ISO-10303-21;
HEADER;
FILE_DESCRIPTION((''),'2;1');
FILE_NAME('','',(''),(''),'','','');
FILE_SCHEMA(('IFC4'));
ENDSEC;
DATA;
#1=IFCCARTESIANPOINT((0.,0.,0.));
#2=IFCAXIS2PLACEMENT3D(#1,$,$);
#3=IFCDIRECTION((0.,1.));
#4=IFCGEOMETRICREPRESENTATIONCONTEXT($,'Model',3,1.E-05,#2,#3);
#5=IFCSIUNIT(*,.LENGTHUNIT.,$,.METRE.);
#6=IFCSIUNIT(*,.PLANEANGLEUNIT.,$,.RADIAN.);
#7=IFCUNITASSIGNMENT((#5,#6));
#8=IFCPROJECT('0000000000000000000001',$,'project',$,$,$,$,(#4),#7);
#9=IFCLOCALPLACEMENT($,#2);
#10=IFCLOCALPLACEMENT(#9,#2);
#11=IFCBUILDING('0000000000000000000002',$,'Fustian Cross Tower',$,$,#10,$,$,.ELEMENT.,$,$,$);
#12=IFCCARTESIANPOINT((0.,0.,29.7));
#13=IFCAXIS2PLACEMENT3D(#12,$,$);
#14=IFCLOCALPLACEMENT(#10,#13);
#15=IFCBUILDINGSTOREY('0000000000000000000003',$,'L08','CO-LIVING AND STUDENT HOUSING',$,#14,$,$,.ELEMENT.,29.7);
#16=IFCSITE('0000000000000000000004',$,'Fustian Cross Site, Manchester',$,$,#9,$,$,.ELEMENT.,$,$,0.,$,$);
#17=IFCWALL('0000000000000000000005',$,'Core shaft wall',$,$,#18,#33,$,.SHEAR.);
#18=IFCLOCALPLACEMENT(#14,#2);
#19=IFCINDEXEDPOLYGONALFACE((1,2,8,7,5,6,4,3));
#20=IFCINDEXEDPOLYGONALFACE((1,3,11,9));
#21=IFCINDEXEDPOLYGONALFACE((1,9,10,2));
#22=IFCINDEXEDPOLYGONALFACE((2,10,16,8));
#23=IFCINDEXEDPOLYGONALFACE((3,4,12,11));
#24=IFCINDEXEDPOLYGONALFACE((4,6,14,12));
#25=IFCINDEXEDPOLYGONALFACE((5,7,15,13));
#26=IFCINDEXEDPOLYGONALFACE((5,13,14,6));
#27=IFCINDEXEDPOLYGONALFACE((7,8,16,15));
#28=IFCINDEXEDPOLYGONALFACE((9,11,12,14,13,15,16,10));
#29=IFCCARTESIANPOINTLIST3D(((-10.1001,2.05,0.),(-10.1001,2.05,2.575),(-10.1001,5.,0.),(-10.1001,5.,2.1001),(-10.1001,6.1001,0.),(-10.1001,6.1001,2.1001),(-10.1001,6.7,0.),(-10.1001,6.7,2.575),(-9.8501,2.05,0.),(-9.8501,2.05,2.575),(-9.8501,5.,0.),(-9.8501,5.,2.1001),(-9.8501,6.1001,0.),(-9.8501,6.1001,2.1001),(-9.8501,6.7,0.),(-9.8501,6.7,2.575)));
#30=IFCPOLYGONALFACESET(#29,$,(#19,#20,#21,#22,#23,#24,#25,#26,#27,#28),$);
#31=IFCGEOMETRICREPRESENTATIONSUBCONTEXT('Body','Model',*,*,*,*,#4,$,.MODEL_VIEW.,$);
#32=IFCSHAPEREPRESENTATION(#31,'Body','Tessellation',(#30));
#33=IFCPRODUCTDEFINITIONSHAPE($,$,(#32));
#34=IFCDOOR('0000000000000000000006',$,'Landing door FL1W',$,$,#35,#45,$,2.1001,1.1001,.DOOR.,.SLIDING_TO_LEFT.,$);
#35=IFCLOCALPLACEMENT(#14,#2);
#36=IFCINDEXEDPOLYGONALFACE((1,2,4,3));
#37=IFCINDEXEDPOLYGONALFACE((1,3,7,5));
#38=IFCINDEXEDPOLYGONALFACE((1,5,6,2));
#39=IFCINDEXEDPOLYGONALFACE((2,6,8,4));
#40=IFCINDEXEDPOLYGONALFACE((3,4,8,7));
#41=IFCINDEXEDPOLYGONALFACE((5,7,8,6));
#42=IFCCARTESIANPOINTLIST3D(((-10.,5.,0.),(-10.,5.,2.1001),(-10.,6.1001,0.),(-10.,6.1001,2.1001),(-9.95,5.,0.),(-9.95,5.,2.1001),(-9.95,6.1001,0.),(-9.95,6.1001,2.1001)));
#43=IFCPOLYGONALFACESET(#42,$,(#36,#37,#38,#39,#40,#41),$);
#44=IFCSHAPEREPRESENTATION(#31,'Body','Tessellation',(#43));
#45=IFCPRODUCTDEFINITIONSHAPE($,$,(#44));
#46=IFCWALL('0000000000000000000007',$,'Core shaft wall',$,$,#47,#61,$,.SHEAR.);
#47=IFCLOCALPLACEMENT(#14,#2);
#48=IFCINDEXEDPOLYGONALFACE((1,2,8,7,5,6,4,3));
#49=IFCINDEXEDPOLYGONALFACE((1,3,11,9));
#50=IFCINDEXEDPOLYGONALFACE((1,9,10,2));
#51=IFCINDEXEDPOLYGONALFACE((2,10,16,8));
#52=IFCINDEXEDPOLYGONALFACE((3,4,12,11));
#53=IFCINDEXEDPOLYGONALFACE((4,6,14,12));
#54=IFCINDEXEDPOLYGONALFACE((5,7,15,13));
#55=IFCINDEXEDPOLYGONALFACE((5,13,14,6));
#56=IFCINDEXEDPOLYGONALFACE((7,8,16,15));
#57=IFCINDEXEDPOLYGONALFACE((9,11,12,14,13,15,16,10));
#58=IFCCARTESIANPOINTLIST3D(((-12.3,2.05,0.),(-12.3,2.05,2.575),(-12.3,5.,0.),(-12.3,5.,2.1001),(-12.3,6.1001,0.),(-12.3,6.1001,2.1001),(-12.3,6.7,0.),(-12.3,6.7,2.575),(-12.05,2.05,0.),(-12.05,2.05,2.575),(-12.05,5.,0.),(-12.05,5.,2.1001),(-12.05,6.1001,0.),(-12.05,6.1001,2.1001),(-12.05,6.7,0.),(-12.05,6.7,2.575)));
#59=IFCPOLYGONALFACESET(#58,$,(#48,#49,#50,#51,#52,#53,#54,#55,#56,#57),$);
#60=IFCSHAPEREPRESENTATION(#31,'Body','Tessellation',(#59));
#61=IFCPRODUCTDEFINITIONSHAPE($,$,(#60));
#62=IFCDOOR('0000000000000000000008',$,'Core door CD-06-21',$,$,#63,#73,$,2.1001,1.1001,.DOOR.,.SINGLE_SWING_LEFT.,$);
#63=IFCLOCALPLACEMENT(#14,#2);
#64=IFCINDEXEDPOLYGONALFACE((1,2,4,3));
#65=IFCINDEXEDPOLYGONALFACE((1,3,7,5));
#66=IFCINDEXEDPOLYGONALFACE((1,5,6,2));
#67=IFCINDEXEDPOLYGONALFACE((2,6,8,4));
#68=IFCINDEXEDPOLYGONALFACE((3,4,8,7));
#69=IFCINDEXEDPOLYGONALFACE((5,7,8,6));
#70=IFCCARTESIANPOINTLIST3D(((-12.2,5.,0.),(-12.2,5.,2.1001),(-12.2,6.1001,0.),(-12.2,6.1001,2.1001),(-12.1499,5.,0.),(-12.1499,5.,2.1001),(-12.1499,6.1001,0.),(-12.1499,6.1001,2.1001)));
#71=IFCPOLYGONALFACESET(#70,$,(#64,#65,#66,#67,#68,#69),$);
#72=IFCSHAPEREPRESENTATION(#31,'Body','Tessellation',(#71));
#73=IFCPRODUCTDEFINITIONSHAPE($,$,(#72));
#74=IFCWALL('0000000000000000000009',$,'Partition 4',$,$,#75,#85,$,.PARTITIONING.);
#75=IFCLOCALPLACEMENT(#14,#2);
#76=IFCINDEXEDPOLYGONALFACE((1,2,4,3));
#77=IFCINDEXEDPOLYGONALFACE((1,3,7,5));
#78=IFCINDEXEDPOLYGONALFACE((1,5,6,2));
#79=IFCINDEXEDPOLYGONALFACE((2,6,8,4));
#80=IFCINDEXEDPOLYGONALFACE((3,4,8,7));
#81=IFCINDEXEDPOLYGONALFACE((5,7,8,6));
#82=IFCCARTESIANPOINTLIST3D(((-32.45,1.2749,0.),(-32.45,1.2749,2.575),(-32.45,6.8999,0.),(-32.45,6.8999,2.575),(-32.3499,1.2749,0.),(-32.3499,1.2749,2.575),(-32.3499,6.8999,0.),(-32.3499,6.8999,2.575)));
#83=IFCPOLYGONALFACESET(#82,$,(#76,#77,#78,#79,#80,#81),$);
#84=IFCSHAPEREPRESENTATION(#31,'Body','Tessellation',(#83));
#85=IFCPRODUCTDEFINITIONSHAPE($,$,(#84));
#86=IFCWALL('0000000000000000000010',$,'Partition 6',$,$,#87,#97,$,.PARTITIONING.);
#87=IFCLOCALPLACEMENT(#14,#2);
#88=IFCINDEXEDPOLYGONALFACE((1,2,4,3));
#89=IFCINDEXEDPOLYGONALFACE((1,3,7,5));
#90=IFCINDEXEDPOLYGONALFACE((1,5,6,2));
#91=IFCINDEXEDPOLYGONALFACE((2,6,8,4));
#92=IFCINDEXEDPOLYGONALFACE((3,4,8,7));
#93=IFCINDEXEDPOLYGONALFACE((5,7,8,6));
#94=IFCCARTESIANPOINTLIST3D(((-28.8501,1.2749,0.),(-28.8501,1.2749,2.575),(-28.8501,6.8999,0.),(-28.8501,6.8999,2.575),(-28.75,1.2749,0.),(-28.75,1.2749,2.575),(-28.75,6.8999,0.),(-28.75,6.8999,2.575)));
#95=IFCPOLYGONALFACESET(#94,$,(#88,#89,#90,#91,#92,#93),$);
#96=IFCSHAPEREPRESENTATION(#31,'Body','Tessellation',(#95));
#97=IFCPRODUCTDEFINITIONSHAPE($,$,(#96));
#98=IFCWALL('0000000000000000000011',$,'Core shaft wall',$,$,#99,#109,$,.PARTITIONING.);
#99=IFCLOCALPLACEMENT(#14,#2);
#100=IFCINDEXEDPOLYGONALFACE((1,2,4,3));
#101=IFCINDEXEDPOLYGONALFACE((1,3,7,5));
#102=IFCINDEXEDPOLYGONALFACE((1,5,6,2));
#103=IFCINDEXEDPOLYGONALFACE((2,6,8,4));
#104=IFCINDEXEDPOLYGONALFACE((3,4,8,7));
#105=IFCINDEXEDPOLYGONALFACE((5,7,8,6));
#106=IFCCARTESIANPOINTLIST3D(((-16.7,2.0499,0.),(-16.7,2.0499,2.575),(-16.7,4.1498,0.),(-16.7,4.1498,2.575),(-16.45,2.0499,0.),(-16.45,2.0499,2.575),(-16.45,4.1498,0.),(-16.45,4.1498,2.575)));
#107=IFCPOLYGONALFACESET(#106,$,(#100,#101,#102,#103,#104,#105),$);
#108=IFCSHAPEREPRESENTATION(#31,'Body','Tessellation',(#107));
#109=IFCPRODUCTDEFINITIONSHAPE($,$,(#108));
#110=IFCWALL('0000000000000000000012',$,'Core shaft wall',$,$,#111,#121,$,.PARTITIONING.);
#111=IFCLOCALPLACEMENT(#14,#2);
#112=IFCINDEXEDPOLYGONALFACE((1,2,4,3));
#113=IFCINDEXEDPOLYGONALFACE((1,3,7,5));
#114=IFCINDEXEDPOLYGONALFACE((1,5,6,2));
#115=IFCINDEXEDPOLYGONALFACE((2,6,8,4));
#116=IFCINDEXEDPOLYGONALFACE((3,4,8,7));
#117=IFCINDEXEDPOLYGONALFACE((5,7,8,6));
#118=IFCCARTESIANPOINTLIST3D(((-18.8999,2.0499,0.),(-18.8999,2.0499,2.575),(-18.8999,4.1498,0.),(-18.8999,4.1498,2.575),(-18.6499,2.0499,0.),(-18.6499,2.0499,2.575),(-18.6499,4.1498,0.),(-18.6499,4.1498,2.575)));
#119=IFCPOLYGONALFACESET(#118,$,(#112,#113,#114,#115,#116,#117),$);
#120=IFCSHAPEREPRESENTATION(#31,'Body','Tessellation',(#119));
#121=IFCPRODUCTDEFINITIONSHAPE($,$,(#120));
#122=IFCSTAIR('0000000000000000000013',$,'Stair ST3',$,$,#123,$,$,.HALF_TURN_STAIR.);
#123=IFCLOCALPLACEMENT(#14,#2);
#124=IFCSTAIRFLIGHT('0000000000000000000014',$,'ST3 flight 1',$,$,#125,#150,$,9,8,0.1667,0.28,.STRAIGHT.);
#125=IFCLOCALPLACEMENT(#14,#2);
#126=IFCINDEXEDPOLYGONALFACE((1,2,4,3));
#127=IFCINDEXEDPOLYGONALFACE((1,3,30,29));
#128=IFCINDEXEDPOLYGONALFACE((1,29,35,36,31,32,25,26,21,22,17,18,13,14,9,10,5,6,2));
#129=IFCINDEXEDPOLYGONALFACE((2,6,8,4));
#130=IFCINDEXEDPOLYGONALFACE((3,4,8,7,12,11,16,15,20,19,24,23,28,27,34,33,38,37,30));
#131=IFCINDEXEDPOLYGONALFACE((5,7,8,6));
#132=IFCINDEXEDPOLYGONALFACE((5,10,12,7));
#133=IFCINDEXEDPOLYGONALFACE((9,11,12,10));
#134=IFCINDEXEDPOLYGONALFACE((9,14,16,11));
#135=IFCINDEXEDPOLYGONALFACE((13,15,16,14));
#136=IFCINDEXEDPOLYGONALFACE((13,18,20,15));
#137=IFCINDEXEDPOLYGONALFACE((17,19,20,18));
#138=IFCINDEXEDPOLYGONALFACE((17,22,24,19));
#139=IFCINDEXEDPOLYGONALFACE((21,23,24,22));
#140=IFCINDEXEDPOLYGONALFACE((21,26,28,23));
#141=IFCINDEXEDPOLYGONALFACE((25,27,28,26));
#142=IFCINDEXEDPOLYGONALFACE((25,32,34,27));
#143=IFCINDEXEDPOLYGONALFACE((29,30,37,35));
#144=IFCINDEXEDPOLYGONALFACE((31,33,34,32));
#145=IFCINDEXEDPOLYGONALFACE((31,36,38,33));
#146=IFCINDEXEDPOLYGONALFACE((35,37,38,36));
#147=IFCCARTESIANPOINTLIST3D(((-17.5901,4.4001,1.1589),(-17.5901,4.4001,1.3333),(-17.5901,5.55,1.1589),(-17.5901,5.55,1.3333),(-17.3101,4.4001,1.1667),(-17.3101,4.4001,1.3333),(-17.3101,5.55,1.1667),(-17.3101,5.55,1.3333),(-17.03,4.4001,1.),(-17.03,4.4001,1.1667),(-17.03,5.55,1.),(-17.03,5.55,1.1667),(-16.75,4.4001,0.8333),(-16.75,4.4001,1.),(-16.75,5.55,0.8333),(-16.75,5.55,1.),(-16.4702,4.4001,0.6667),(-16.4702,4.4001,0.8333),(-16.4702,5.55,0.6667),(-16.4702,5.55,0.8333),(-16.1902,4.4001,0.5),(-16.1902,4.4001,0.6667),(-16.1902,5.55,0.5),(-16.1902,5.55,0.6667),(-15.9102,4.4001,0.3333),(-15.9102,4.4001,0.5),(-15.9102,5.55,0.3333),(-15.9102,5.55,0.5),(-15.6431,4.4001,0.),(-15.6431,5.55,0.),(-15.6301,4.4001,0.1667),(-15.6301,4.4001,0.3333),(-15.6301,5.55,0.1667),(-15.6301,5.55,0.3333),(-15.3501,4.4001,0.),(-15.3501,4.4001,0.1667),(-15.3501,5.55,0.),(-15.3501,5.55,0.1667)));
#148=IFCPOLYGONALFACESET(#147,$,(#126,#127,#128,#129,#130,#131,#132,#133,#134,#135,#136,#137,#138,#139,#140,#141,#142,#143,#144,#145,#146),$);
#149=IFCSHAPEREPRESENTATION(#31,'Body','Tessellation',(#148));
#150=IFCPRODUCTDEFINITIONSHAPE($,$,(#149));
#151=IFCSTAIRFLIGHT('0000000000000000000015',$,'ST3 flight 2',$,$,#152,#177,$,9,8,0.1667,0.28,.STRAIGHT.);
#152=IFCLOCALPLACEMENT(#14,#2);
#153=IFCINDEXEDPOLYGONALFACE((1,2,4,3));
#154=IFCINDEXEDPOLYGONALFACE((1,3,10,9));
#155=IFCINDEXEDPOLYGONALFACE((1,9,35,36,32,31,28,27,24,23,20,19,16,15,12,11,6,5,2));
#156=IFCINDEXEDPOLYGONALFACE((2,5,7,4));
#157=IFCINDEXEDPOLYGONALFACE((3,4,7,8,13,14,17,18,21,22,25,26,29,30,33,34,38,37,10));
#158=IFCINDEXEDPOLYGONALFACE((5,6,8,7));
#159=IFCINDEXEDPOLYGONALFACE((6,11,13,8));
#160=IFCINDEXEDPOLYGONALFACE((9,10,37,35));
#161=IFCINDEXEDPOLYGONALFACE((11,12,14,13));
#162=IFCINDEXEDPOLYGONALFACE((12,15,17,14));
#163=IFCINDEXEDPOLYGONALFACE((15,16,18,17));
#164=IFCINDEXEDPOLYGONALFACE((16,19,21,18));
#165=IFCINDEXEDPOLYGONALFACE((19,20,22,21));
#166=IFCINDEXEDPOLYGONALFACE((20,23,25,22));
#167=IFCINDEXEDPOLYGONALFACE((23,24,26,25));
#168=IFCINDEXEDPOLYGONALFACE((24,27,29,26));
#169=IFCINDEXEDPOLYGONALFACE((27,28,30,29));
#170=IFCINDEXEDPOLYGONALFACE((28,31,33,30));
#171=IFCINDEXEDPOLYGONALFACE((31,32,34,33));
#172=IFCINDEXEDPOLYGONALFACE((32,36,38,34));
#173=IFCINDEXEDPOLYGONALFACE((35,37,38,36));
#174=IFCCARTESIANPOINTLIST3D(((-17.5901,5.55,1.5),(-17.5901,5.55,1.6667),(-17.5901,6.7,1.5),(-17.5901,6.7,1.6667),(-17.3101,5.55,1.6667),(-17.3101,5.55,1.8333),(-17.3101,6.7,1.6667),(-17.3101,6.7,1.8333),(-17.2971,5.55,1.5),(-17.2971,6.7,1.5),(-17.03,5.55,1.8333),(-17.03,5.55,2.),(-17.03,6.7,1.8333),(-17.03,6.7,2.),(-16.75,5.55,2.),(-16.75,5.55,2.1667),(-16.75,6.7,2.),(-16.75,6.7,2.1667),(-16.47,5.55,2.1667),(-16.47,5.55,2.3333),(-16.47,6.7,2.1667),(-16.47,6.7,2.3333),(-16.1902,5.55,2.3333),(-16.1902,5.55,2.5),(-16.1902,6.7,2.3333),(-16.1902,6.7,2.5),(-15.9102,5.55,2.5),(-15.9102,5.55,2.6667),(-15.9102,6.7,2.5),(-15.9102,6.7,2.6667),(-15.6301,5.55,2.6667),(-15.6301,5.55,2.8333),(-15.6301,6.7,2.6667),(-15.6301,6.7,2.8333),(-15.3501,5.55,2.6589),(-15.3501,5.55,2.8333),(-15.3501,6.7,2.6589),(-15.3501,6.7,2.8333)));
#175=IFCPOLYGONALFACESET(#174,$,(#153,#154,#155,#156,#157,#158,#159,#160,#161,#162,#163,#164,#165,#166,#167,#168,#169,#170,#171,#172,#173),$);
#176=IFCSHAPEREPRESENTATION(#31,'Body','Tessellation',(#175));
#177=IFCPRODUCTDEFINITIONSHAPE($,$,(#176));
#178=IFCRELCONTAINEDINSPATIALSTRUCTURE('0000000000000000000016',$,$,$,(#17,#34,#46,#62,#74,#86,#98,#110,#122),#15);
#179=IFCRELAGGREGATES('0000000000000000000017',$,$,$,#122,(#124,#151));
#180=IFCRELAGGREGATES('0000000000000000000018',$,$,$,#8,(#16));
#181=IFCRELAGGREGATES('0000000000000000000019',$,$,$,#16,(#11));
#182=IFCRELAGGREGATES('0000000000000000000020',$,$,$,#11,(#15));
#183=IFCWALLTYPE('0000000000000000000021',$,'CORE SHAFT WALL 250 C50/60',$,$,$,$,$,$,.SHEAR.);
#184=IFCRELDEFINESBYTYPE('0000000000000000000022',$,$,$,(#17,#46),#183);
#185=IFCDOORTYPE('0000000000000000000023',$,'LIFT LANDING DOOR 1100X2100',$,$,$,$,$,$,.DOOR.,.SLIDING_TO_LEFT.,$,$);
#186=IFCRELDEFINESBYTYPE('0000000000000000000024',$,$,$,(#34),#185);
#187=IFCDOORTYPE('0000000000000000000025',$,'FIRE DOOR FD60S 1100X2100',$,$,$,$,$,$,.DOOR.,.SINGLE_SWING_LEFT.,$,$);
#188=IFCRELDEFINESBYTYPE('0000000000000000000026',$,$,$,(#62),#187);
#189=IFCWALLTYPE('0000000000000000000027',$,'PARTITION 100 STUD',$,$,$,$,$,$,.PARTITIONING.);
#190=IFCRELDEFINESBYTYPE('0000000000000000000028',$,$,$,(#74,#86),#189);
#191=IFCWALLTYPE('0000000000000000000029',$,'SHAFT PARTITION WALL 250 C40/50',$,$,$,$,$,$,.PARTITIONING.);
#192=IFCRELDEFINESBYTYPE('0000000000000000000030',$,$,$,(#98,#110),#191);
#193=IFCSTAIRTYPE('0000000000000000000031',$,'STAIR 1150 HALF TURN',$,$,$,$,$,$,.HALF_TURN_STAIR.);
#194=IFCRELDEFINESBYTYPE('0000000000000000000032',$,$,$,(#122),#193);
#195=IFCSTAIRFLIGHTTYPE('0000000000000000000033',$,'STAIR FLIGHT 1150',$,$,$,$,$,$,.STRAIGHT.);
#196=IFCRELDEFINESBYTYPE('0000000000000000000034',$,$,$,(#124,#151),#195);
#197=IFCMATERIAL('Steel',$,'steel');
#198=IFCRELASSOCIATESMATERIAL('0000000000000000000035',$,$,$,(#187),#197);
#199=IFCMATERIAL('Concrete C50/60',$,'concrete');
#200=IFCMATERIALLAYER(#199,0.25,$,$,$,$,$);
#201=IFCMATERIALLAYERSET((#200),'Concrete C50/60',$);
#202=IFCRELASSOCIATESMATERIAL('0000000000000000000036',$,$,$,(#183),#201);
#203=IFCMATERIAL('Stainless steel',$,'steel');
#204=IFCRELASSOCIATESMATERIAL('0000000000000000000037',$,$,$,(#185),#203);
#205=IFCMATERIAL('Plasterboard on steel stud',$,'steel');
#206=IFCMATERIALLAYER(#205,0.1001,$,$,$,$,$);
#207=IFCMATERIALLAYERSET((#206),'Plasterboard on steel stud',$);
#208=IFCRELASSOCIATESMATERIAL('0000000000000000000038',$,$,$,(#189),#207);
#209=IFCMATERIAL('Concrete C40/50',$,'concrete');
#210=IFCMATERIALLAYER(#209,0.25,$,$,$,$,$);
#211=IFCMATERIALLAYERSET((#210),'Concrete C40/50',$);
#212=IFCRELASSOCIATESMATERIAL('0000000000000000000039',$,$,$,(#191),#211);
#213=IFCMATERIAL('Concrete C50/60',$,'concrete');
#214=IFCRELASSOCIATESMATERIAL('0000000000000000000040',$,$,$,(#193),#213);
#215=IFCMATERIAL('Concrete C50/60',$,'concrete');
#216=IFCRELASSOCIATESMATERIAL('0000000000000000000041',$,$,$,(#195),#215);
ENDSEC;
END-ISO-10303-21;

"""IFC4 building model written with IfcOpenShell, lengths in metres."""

from ifc_helpers import new_model, si_unit, direction, frame, frame_2d, origin, place, context, subcontext, project, spatial, polyline, rectangle, outline, extrude, material, layer, layer_set, type_object, element, fill, aggregate, save


model = new_model("IFC4")

# Units and contexts
model_context = context("Model", 3, precision=1e-05, world=origin(), true_north=direction((0.0, 1.0)))
body_context = subcontext(model_context, "Body", "Model", "MODEL_VIEW")
ifc_project = project(units=[si_unit("LENGTHUNIT", "METRE"), si_unit("PLANEANGLEUNIT", "RADIAN")], contexts=[model_context])

# Site, building, storey
site_placement = place(None, origin())
site = spatial("IfcSite", under=ifc_project, at=site_placement, Name="Fustian Cross Site, Manchester", CompositionType="ELEMENT", RefElevation=0.0)
building_placement = place(site_placement, origin())
building = spatial("IfcBuilding", under=site, at=building_placement, Name="Fustian Cross Tower", CompositionType="ELEMENT")
storey_placement = place(building_placement, frame((0.0, 0.0, 29.7)))
storey = spatial("IfcBuildingStorey", under=building, at=storey_placement, Name="L08", Description="CO-LIVING AND STUDENT HOUSING", CompositionType="ELEMENT", Elevation=29.7)

# Shared definitions
ifc_material_1 = material(Name="Steel", Category="steel")
door_type_1 = type_object("IfcDoorType", Name="FIRE DOOR FD60S 1100X2100", OperationType="SINGLE_SWING_LEFT", PredefinedType="DOOR", material=ifc_material_1)

# Shared definitions
ifc_material_2 = material(Name="Concrete C50/60", Category="concrete")
ifc_layer_1 = layer(ifc_material_2, 0.25)
ifc_layer_set_1 = layer_set([ifc_layer_1], Name="Concrete C50/60")
wall_type_1 = type_object("IfcWallType", Name="CORE SHAFT WALL 250 C50/60", PredefinedType="SHEAR", material=ifc_layer_set_1)

# Walls, openings, doors
wall_1_placement = place(storey_placement, frame((-9.9751, 2.05, 0.0), z_axis=(0.0, 0.0, 1.0), x_axis=(0.0, 1.0, 0.0)))
wall_1 = element("IfcWall", 1, at=wall_1_placement, inside=storey, type_object=wall_type_1, Name="Core shaft wall", PredefinedType="SHEAR", context=body_context, shape_type="SweptSolid", body=[
    extrude(rectangle(XDim=4.6499, YDim=0.25, at=frame_2d((2.325, 0.0))), origin(), (0.0, 0.0, 1.0), 2.575),
])
opening_1_placement = place(wall_1_placement, frame((2.95, 0.0, 0.0)))
opening_1 = element("IfcOpeningElement", 2, at=opening_1_placement, cuts=wall_1, PredefinedType="OPENING", context=body_context, shape_type="SweptSolid", body=[
    extrude(rectangle(XDim=1.1001, YDim=2.1001, at=frame_2d((0.55, 1.05))), frame((0.0, 0.135, 0.0), z_axis=(0.0, -1.0, 0.0), x_axis=(1.0, 0.0, 0.0)), (0.0, 0.0, 1.0), 0.27),
])
ifc_material_3 = material(Name="Stainless steel", Category="steel")
door_type_2 = type_object("IfcDoorType", Name="LIFT LANDING DOOR 1100X2100", OperationType="SLIDING_TO_LEFT", PredefinedType="DOOR", material=ifc_material_3)
door_1_placement = place(opening_1_placement, origin())
door_1 = element("IfcDoor", 3, at=door_1_placement, inside=storey, type_object=door_type_2, Name="Landing door FL1W", OperationType="SLIDING_TO_LEFT", OverallHeight=2.1001, OverallWidth=1.1001, PredefinedType="DOOR", context=body_context, shape_type="SweptSolid", body=[
    extrude(rectangle(XDim=1.1001, YDim=2.1001, at=frame_2d((0.55, 1.05))), frame((0.0, 0.0249, 0.0), z_axis=(0.0, -1.0, 0.0), x_axis=(1.0, 0.0, 0.0)), (0.0, 0.0, 1.0), 0.05),
])
fill(opening_1, door_1)
wall_2_placement = place(storey_placement, frame((-12.175, 2.05, 0.0), z_axis=(0.0, 0.0, 1.0), x_axis=(0.0, 1.0, 0.0)))
wall_2 = element("IfcWall", 4, at=wall_2_placement, inside=storey, type_object=wall_type_1, Name="Core shaft wall", PredefinedType="SHEAR", context=body_context, shape_type="SweptSolid", body=[
    extrude(rectangle(XDim=4.6499, YDim=0.25, at=frame_2d((2.325, 0.0))), origin(), (0.0, 0.0, 1.0), 2.575),
])
opening_2_placement = place(wall_2_placement, frame((2.95, 0.0, 0.0)))
opening_2 = element("IfcOpeningElement", 5, at=opening_2_placement, cuts=wall_2, PredefinedType="OPENING", context=body_context, shape_type="SweptSolid", body=[
    extrude(rectangle(XDim=1.1001, YDim=2.1001, at=frame_2d((0.55, 1.05))), frame((0.0, 0.135, 0.0), z_axis=(0.0, -1.0, 0.0), x_axis=(1.0, 0.0, 0.0)), (0.0, 0.0, 1.0), 0.27),
])
door_2_placement = place(opening_2_placement, origin())
door_2 = element("IfcDoor", 6, at=door_2_placement, inside=storey, type_object=door_type_1, Name="Core door CD-06-21", OperationType="SINGLE_SWING_LEFT", OverallHeight=2.1001, OverallWidth=1.1001, PredefinedType="DOOR", context=body_context, shape_type="SweptSolid", body=[
    extrude(rectangle(XDim=1.1001, YDim=2.1001, at=frame_2d((0.55, 1.05))), frame((0.0, 0.0249, 0.0), z_axis=(0.0, -1.0, 0.0), x_axis=(1.0, 0.0, 0.0)), (0.0, 0.0, 1.0), 0.05),
])
fill(opening_2, door_2)

# Walls
ifc_material_4 = material(Name="Plasterboard on steel stud", Category="steel")
ifc_layer_2 = layer(ifc_material_4, 0.1001)
ifc_layer_set_2 = layer_set([ifc_layer_2], Name="Plasterboard on steel stud")
wall_type_2 = type_object("IfcWallType", Name="PARTITION 100 STUD", PredefinedType="PARTITIONING", material=ifc_layer_set_2)
for number, where, z_axis, x_axis, name in (
    (7, (-32.3999, 1.2749, 0.0), (0.0, 0.0, 1.0), (0.0, 1.0, 0.0), "Partition 4"),
    (8, (-28.8, 1.2749, 0.0), (0.0, 0.0, 1.0), (0.0, 1.0, 0.0), "Partition 6"),
):
    element("IfcWall", number, at=place(storey_placement, frame(where, z_axis=z_axis, x_axis=x_axis)), inside=storey, type_object=wall_type_2, Name=name, PredefinedType="PARTITIONING", context=body_context, shape_type="SweptSolid", body=[
        extrude(rectangle(XDim=5.625, YDim=0.1001, at=frame_2d((2.8125, 0.0))), origin(), (0.0, 0.0, 1.0), 2.575),
    ])
ifc_material_5 = material(Name="Concrete C40/50", Category="concrete")
ifc_layer_3 = layer(ifc_material_5, 0.25)
ifc_layer_set_3 = layer_set([ifc_layer_3], Name="Concrete C40/50")
wall_type_3 = type_object("IfcWallType", Name="SHAFT PARTITION WALL 250 C40/50", PredefinedType="PARTITIONING", material=ifc_layer_set_3)
for number, where, z_axis, x_axis, name in (
    (9, (-16.575, 2.05, 0.0), (0.0, 0.0, 1.0), (0.0, 1.0, 0.0), "Core shaft wall"),
    (10, (-18.7749, 2.05, 0.0), (0.0, 0.0, 1.0), (0.0, 1.0, 0.0), "Core shaft wall"),
):
    element("IfcWall", number, at=place(storey_placement, frame(where, z_axis=z_axis, x_axis=x_axis)), inside=storey, type_object=wall_type_3, Name=name, PredefinedType="PARTITIONING", context=body_context, shape_type="SweptSolid", body=[
        extrude(rectangle(XDim=2.0999, YDim=0.25, at=frame_2d((1.0498, 0.0))), origin(), (0.0, 0.0, 1.0), 2.575),
    ])

# Stair, stair flights
ifc_material_6 = material(Name="Concrete C50/60", Category="concrete")
stair_type = type_object("IfcStairType", Name="STAIR 1150 HALF TURN", PredefinedType="HALF_TURN_STAIR", material=ifc_material_6)
stair_placement = place(storey_placement, origin())
stair = element("IfcStair", 11, at=stair_placement, inside=storey, type_object=stair_type, Name="Stair ST3", PredefinedType="HALF_TURN_STAIR")
ifc_material_7 = material(Name="Concrete C50/60", Category="concrete")
stair_flight_type = type_object("IfcStairFlightType", Name="STAIR FLIGHT 1150", PredefinedType="STRAIGHT", material=ifc_material_7)
stair_flight_1_placement = place(storey_placement, frame((-15.3501, 4.9751, 0.0), z_axis=(0.0, 0.0, 1.0), x_axis=(-1.0, 0.0, 0.0)))
stair_flight_1 = element("IfcStairFlight", 12, at=stair_flight_1_placement, type_object=stair_flight_type, Name="ST3 flight 1", NumberOfRisers=9, NumberOfTreads=8, PredefinedType="STRAIGHT", RiserHeight=0.1667, TreadLength=0.28, context=body_context, shape_type="SweptSolid", body=[
    extrude(outline(polyline([(0.0, 0.0), (0.0, 0.1667), (0.28, 0.1667), (0.28, 0.3333), (0.5601, 0.3333), (0.5601, 0.5), (0.8401, 0.5), (0.8401, 0.6667), (1.1201, 0.6667), (1.1201, 0.8333), (1.3999, 0.8333), (1.3999, 1.0), (1.6799, 1.0), (1.6799, 1.1667), (1.96, 1.1667), (1.96, 1.3333), (2.24, 1.3333), (2.24, 1.5), (2.24, 1.1589), (0.293, 0.0), (0.0, 0.0)])), frame((0.0, 0.575, 0.0), z_axis=(0.0, -1.0, 0.0), x_axis=(1.0, 0.0, 0.0)), (0.0, 0.0, 1.0), 1.1499),
])
stair_flight_2_placement = place(storey_placement, frame((-17.5901, 6.125, 1.5), z_axis=(0.0, 0.0, 1.0), x_axis=(1.0, 0.0, 0.0)))
stair_flight_2 = element("IfcStairFlight", 13, at=stair_flight_2_placement, type_object=stair_flight_type, Name="ST3 flight 2", NumberOfRisers=9, NumberOfTreads=8, PredefinedType="STRAIGHT", RiserHeight=0.1667, TreadLength=0.28, context=body_context, shape_type="SweptSolid", body=[
    extrude(outline(polyline([(0.0, 0.0), (0.0, 0.1667), (0.28, 0.1667), (0.28, 0.3333), (0.5601, 0.3333), (0.5601, 0.5), (0.8401, 0.5), (0.8401, 0.6667), (1.1201, 0.6667), (1.1201, 0.8333), (1.3999, 0.8333), (1.3999, 1.0), (1.6799, 1.0), (1.6799, 1.1667), (1.96, 1.1667), (1.96, 1.3333), (2.24, 1.3333), (2.24, 1.5), (2.24, 1.1589), (0.293, 0.0), (0.0, 0.0)])), frame((0.0, 0.575, 0.0), z_axis=(0.0, -1.0, 0.0), x_axis=(1.0, 0.0, 0.0)), (0.0, 0.0, 1.0), 1.1499),
])
aggregate(stair, [stair_flight_1, stair_flight_2])

save(model, "model.ifc")
